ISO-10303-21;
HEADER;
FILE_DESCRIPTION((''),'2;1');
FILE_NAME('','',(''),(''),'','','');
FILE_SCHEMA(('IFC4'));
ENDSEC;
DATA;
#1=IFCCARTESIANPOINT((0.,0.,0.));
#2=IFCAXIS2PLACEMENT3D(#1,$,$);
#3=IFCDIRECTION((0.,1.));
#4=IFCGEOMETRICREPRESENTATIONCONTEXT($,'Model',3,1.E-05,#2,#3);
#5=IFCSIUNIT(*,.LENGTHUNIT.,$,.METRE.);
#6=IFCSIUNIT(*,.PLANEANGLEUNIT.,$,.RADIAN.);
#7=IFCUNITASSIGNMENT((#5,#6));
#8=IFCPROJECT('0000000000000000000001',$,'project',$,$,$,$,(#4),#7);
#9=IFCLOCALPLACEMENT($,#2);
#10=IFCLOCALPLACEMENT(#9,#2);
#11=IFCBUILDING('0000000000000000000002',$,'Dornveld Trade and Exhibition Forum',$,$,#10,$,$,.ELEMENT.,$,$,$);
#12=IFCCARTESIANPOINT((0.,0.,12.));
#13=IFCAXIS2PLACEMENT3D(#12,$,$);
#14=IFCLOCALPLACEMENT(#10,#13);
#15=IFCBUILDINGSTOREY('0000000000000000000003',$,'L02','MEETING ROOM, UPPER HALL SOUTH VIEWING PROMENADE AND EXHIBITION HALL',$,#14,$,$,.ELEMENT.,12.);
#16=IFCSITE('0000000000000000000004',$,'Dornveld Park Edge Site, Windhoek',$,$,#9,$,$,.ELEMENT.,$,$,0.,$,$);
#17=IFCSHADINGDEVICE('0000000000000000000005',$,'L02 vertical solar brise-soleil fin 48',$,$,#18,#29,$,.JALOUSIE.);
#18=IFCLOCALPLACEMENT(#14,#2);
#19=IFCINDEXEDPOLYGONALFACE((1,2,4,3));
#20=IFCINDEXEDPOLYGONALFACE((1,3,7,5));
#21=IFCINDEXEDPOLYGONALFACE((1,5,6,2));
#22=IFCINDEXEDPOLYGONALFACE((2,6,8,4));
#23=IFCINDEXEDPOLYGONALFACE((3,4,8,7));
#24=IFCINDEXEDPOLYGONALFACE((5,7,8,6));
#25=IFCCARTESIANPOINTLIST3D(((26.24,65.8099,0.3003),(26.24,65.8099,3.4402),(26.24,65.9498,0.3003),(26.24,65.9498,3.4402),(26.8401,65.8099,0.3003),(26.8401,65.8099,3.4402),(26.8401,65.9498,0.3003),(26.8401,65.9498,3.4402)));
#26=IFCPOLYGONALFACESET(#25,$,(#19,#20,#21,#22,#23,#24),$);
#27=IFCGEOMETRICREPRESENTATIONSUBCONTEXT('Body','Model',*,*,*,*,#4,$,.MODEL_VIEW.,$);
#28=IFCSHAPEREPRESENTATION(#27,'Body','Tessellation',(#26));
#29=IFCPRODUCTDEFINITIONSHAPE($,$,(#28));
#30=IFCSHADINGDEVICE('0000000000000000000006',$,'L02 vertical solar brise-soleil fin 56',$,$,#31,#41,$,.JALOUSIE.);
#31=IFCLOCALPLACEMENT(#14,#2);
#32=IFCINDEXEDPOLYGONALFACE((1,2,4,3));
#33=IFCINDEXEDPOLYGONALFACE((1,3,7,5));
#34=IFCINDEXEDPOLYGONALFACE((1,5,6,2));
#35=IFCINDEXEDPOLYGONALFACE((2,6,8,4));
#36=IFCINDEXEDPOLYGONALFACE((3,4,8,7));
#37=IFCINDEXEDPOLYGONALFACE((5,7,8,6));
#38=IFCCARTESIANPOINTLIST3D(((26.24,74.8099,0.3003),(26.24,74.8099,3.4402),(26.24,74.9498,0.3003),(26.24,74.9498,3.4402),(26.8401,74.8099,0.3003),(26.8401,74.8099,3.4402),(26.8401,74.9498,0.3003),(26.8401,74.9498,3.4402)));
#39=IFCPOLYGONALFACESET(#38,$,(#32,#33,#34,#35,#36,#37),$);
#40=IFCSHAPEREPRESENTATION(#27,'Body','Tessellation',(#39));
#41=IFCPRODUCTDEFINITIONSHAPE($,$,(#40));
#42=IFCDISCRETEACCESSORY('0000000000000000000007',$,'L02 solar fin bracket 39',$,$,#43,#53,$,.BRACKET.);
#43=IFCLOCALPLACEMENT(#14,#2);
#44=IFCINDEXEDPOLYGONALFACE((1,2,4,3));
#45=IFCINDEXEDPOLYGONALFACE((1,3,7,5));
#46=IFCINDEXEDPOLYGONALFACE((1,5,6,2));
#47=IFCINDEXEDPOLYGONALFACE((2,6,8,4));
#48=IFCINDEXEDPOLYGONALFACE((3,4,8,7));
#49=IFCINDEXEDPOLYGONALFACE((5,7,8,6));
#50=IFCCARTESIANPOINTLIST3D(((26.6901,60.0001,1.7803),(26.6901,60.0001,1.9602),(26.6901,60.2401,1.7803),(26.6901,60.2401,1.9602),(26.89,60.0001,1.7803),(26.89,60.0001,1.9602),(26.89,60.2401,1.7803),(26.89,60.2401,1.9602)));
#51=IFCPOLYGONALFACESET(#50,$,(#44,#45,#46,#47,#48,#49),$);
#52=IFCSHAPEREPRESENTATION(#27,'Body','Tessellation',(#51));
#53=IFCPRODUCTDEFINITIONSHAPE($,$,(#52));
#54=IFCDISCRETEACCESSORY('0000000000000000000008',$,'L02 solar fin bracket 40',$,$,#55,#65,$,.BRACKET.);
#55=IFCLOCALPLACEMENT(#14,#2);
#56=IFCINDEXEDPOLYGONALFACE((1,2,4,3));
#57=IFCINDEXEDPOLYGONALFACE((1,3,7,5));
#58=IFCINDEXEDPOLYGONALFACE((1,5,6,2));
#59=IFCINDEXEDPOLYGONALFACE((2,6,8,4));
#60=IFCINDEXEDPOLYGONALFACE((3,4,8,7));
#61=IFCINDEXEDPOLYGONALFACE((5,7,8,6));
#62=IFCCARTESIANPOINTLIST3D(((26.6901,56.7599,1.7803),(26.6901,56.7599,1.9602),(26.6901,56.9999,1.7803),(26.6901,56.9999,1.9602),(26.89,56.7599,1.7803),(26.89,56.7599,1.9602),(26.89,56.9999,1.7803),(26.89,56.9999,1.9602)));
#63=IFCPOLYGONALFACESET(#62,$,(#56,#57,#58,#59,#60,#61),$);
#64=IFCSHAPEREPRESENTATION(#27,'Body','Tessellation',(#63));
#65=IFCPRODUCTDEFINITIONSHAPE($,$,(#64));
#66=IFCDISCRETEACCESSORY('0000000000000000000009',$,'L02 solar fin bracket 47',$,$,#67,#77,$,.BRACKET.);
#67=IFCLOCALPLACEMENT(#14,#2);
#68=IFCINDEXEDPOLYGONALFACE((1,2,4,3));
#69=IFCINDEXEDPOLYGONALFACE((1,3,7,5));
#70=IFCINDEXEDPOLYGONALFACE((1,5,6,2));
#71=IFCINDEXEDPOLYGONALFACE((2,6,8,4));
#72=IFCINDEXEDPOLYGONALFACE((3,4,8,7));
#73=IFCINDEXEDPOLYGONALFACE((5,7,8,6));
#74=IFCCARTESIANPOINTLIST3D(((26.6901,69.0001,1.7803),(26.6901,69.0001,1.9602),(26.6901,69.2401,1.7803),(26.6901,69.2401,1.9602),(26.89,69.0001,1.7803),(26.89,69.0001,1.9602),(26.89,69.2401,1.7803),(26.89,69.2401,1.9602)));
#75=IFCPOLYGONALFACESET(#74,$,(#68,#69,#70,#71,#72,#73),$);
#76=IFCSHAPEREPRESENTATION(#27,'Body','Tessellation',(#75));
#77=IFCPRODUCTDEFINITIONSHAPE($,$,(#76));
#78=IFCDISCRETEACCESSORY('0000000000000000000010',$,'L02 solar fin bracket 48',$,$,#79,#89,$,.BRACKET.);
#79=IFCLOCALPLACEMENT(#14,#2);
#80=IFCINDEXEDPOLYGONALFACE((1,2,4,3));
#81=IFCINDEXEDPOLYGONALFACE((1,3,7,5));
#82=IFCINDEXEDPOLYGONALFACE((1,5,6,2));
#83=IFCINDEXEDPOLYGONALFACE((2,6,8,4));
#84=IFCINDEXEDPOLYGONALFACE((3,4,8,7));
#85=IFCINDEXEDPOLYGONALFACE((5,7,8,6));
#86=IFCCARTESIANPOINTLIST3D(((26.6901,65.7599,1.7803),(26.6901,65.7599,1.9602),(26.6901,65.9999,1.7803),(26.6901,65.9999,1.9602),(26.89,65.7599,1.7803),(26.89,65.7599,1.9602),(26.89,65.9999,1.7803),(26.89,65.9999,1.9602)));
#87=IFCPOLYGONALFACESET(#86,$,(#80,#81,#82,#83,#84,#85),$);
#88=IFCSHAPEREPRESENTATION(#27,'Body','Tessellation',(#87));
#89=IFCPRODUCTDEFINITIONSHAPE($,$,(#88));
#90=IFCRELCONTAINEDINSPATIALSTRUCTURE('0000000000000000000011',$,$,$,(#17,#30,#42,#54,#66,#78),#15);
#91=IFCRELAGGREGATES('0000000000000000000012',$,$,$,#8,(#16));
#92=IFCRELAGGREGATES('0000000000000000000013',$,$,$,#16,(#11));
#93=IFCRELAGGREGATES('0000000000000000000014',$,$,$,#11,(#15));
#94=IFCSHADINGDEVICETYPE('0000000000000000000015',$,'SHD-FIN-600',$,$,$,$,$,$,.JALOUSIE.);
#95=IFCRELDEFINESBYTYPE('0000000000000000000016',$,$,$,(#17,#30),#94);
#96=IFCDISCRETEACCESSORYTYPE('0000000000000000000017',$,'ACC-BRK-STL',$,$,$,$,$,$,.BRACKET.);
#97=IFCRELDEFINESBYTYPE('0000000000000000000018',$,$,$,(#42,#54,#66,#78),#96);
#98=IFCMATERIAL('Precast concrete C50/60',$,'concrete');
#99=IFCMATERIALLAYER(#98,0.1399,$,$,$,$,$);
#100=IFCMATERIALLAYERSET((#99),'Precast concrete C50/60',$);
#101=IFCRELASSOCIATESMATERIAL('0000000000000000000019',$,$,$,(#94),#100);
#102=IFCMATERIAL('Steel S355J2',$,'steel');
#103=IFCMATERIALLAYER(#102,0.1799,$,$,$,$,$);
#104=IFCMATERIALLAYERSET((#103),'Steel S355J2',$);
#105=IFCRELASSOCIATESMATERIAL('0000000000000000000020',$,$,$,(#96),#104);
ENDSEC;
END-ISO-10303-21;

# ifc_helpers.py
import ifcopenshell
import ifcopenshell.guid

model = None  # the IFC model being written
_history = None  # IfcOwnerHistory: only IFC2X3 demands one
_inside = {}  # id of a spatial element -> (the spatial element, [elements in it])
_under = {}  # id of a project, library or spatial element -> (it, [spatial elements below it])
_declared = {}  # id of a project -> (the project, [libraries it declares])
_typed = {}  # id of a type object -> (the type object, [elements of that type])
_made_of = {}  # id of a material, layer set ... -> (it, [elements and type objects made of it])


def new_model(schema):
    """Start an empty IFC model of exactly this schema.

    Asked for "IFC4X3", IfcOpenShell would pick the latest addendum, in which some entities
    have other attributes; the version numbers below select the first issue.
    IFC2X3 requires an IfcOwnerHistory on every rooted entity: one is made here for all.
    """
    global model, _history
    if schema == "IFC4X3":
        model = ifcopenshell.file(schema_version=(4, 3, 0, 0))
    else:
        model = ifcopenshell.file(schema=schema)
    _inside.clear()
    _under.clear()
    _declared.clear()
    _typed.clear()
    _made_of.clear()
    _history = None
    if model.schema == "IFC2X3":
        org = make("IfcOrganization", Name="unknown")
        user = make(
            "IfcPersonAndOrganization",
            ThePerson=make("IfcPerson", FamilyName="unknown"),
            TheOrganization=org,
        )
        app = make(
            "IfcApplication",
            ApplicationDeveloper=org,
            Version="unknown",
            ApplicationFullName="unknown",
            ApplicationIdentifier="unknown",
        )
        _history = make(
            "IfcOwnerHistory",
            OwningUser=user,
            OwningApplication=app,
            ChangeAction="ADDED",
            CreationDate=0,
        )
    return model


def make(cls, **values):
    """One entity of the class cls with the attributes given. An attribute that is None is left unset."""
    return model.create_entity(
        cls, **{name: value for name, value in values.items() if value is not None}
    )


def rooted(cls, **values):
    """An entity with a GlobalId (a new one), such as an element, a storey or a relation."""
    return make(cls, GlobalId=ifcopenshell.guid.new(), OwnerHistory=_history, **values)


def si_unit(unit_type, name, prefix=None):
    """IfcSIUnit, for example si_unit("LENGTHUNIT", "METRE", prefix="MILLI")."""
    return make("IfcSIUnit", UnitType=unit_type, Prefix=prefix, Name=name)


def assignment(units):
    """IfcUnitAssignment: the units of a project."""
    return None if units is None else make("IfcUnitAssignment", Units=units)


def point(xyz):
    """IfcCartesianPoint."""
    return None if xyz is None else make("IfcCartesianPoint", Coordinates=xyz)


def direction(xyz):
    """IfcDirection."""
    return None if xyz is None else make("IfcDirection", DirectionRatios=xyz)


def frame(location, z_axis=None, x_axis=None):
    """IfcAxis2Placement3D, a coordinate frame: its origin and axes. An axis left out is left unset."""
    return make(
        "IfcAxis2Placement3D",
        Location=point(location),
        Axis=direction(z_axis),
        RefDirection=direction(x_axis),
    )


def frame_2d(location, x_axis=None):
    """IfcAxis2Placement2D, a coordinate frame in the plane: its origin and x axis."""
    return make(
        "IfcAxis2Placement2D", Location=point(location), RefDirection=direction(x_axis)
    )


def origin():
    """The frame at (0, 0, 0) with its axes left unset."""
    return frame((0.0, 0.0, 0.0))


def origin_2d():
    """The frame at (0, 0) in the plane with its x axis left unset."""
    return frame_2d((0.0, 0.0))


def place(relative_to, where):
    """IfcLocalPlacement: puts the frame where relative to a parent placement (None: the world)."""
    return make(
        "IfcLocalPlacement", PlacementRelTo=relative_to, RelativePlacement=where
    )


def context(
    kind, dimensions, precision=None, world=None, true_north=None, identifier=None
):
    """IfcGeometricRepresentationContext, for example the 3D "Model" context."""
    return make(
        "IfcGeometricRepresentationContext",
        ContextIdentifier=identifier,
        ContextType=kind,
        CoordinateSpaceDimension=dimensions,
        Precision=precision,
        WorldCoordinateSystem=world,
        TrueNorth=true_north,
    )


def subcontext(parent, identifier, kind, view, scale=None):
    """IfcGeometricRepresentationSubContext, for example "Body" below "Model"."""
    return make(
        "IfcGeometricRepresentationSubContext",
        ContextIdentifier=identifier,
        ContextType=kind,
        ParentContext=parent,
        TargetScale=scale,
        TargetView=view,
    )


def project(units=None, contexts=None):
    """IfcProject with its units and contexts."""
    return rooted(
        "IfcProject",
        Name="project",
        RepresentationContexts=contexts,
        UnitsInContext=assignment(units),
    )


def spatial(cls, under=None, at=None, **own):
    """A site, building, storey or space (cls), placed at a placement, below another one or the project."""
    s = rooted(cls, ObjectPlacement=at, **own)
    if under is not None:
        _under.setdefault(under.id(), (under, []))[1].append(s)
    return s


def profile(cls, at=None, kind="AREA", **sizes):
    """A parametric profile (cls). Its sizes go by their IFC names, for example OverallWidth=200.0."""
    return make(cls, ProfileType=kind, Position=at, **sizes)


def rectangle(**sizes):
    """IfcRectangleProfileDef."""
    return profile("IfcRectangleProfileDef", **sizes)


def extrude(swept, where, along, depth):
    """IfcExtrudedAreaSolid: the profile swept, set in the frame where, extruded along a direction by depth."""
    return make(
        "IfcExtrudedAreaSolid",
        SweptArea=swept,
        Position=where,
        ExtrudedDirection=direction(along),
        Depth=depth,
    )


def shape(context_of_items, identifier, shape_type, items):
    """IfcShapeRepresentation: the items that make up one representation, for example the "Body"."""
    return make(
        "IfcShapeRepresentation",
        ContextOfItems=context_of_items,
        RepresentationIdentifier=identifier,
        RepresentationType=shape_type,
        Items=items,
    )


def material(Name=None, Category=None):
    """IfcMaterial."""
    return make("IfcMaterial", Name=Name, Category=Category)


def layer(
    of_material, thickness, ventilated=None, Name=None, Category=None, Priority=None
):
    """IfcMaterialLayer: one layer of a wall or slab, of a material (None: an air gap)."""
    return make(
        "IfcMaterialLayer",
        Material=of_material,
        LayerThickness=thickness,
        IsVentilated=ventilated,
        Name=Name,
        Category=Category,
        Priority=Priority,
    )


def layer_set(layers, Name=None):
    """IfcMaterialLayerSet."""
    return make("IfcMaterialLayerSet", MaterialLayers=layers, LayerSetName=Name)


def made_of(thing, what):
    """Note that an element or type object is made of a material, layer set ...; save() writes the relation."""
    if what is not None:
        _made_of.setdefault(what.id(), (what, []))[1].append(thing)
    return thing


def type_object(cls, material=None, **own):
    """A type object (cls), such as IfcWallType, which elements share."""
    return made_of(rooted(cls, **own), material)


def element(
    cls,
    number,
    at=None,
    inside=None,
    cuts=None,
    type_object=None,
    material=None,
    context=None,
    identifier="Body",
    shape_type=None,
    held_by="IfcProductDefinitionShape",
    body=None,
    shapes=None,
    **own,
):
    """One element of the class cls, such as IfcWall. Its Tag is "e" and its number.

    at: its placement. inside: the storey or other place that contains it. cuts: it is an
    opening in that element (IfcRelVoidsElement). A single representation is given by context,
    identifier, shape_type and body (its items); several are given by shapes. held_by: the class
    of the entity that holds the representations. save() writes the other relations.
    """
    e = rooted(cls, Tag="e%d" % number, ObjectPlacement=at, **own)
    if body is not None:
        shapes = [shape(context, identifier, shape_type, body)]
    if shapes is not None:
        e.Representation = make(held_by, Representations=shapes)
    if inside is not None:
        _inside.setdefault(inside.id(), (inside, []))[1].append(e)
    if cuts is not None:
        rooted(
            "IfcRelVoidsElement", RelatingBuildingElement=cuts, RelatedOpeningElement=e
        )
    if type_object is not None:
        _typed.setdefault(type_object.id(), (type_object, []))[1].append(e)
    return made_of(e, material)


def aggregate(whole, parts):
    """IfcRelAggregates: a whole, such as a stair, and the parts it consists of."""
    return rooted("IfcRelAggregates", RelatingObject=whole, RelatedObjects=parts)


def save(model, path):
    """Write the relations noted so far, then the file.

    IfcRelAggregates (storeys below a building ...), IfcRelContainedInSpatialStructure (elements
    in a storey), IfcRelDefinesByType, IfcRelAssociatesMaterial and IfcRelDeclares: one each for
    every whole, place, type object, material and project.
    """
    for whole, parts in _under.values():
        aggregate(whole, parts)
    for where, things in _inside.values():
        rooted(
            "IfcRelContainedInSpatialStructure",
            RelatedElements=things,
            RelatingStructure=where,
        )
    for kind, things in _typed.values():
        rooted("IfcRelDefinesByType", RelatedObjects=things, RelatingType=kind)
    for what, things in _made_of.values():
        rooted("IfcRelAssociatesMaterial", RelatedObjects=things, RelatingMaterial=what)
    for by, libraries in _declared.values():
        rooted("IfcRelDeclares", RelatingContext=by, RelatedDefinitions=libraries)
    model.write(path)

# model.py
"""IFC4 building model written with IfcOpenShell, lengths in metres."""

from ifc_helpers import new_model, si_unit, direction, frame, origin, origin_2d, place, context, subcontext, project, spatial, rectangle, extrude, material, layer, layer_set, type_object, element, save


model = new_model("IFC4")

# Units and contexts
model_context = context("Model", 3, precision=1e-05, world=origin(), true_north=direction((0.0, 1.0)))
body_context = subcontext(model_context, "Body", "Model", "MODEL_VIEW")
ifc_project = project(units=[si_unit("LENGTHUNIT", "METRE"), si_unit("PLANEANGLEUNIT", "RADIAN")], contexts=[model_context])

# Site, building, storey
site_placement = place(None, origin())
site = spatial("IfcSite", under=ifc_project, at=site_placement, Name="Dornveld Park Edge Site, Windhoek", CompositionType="ELEMENT", RefElevation=0.0)
building_placement = place(site_placement, origin())
building = spatial("IfcBuilding", under=site, at=building_placement, Name="Dornveld Trade and Exhibition Forum", CompositionType="ELEMENT")
storey_placement = place(building_placement, frame((0.0, 0.0, 12.0)))
storey = spatial("IfcBuildingStorey", under=building, at=storey_placement, Name="L02", Description="MEETING ROOM, UPPER HALL SOUTH VIEWING PROMENADE AND EXHIBITION HALL", CompositionType="ELEMENT", Elevation=12.0)

# Shading devices
ifc_material_1 = material(Name="Precast concrete C50/60", Category="concrete")
ifc_layer_1 = layer(ifc_material_1, 0.1399)
ifc_layer_set_1 = layer_set([ifc_layer_1], Name="Precast concrete C50/60")
shading_device_type = type_object("IfcShadingDeviceType", Name="SHD-FIN-600", PredefinedType="JALOUSIE", material=ifc_layer_set_1)
for number, where, z_axis, x_axis, name in (
    (1, (26.54, 65.8799, 0.3003), (0.0, 0.0, 1.0), (0.0, -1.0, 0.0), "L02 vertical solar brise-soleil fin 48"),
    (2, (26.54, 74.8799, 0.3003), (0.0, 0.0, 1.0), (0.0, -1.0, 0.0), "L02 vertical solar brise-soleil fin 56"),
):
    element("IfcShadingDevice", number, at=place(storey_placement, frame(where, z_axis=z_axis, x_axis=x_axis)), inside=storey, type_object=shading_device_type, Name=name, PredefinedType="JALOUSIE", context=body_context, shape_type="SweptSolid", body=[
        extrude(rectangle(XDim=0.1399, YDim=0.6001, at=origin_2d()), origin(), (0.0, 0.0, 1.0), 3.1399),
    ])

# Discrete accessories
ifc_material_2 = material(Name="Steel S355J2", Category="steel")
ifc_layer_2 = layer(ifc_material_2, 0.1799)
ifc_layer_set_2 = layer_set([ifc_layer_2], Name="Steel S355J2")
discrete_accessory_type = type_object("IfcDiscreteAccessoryType", Name="ACC-BRK-STL", PredefinedType="BRACKET", material=ifc_layer_set_2)
for number, where, z_axis, x_axis, name in (
    (3, (26.79, 60.1201, 1.7803), (0.0, 0.0, 1.0), (0.0, -1.0, 0.0), "L02 solar fin bracket 39"),
    (4, (26.79, 56.8799, 1.7803), (0.0, 0.0, 1.0), (0.0, -1.0, 0.0), "L02 solar fin bracket 40"),
    (5, (26.79, 69.1201, 1.7803), (0.0, 0.0, 1.0), (0.0, -1.0, 0.0), "L02 solar fin bracket 47"),
    (6, (26.79, 65.8799, 1.7803), (0.0, 0.0, 1.0), (0.0, -1.0, 0.0), "L02 solar fin bracket 48"),
):
    element("IfcDiscreteAccessory", number, at=place(storey_placement, frame(where, z_axis=z_axis, x_axis=x_axis)), inside=storey, type_object=discrete_accessory_type, Name=name, PredefinedType="BRACKET", context=body_context, shape_type="SweptSolid", body=[
        extrude(rectangle(XDim=0.24, YDim=0.2, at=origin_2d()), origin(), (0.0, 0.0, 1.0), 0.1799),
    ])

save(model, "model.ifc")
